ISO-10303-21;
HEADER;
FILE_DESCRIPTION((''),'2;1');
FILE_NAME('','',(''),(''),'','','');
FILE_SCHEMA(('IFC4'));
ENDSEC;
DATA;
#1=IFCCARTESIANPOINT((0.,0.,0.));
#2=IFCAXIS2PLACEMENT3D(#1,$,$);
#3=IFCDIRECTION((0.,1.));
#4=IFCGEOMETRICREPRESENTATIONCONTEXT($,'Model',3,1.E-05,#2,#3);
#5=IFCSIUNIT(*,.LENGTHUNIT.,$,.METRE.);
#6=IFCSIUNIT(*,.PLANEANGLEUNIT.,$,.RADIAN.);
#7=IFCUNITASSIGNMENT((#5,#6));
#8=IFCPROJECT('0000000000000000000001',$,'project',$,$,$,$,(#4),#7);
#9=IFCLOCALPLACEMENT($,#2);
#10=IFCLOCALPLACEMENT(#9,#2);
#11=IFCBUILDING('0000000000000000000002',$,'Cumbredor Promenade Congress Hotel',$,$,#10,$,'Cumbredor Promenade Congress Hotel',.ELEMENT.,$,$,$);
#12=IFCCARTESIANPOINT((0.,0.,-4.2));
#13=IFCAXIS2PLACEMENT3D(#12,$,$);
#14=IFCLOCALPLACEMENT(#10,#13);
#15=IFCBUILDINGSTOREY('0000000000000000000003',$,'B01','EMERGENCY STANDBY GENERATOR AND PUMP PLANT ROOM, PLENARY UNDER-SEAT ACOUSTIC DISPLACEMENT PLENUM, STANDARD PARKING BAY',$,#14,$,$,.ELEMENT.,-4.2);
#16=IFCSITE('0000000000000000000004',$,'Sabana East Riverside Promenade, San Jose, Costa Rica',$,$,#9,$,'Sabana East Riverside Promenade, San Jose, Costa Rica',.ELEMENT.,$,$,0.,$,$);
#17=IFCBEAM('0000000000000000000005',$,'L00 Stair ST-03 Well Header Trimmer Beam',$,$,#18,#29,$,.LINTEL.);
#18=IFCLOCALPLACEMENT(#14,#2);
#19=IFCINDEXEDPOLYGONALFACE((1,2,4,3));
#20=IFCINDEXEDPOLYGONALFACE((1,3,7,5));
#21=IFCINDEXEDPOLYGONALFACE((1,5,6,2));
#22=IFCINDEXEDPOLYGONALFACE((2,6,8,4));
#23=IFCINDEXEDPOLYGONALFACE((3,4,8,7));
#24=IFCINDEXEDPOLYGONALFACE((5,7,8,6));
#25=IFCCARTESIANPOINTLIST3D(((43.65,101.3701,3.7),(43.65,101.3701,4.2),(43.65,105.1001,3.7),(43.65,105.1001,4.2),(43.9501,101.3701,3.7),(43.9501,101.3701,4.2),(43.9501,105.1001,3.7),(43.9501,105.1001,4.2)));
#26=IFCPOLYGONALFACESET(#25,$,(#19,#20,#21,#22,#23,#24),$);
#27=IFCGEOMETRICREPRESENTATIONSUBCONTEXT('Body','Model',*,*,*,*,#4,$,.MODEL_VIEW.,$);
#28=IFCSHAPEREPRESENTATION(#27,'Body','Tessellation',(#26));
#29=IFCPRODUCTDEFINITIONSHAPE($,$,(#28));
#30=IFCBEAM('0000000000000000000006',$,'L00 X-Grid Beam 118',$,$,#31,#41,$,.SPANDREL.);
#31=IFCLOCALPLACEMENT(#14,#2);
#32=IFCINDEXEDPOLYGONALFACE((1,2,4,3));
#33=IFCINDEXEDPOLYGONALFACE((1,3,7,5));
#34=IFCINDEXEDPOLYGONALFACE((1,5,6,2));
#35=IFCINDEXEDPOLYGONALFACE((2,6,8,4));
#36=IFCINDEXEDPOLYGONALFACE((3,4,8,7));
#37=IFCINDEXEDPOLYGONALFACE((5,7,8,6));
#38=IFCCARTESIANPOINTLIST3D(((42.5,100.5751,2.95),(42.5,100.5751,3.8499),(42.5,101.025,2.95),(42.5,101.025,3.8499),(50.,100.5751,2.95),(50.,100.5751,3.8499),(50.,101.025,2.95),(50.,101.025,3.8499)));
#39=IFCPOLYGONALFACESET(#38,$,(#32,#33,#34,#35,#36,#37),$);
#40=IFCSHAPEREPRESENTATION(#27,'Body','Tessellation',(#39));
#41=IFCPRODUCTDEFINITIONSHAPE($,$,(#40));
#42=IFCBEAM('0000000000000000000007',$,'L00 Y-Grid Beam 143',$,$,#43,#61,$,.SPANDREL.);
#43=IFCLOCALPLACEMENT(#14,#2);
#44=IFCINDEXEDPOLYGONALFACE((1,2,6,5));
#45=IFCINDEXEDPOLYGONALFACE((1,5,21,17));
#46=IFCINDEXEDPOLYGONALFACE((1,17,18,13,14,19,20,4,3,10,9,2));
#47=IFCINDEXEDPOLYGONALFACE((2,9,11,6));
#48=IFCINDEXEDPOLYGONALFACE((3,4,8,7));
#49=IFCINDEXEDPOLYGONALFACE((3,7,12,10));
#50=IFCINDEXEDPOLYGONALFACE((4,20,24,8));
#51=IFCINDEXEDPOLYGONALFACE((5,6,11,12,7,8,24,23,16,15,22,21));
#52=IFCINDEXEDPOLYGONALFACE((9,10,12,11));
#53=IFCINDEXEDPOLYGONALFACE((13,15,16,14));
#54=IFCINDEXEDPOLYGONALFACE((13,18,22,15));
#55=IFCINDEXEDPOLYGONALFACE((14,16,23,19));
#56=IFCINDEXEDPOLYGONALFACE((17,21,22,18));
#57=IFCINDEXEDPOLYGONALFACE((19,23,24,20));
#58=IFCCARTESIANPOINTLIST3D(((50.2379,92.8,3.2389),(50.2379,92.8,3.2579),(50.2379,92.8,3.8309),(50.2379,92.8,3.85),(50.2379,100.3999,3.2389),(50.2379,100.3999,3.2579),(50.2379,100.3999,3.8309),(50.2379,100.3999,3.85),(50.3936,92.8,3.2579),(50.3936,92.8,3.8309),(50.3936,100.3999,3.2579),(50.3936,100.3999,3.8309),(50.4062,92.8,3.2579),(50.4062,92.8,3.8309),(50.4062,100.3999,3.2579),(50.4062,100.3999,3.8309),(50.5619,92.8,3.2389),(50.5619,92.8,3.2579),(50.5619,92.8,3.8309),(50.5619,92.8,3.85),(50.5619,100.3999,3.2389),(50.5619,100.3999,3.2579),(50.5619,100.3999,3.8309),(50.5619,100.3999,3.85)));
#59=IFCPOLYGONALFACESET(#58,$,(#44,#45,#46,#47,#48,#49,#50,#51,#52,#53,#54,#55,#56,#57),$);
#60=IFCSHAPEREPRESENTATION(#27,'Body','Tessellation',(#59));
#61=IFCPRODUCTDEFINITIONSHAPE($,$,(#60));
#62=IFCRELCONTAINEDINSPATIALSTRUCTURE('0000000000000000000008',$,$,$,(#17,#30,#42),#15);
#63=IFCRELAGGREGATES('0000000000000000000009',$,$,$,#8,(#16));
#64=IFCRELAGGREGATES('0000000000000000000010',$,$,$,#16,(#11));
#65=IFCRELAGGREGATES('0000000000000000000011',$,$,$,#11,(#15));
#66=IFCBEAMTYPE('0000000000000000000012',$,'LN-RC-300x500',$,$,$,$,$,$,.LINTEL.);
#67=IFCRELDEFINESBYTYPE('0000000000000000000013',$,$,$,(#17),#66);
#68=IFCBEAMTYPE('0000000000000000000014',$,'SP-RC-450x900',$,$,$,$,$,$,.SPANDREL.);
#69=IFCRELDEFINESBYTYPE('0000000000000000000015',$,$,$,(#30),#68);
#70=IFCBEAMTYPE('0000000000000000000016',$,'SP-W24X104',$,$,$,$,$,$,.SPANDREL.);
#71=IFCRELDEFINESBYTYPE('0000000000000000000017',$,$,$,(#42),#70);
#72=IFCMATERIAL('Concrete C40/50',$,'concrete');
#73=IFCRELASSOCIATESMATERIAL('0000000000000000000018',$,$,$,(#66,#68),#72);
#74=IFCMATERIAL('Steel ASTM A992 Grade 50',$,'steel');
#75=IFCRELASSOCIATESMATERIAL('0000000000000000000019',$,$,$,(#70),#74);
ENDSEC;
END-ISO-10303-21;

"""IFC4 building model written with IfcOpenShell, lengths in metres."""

from ifc_helpers import new_model, si_unit, direction, frame, origin, origin_2d, place, context, subcontext, project, spatial, rectangle, i_section, extrude, material, material_profile, profile_set, type_object, element, save


model = new_model("IFC4")

# Units and contexts
model_context = context("Model", 3, precision=1e-05, world=origin(), true_north=direction((0.0, 1.0)))
body_context = subcontext(model_context, "Body", "Model", "MODEL_VIEW")
ifc_project = project(units=[si_unit("LENGTHUNIT", "METRE"), si_unit("PLANEANGLEUNIT", "RADIAN")], contexts=[model_context])

# Site, building, storey
site_placement = place(None, origin())
site = spatial("IfcSite", under=ifc_project, at=site_placement, Name="Sabana East Riverside Promenade, San Jose, Costa Rica", LongName="Sabana East Riverside Promenade, San Jose, Costa Rica", CompositionType="ELEMENT", RefElevation=0.0)
building_placement = place(site_placement, origin())
building = spatial("IfcBuilding", under=site, at=building_placement, Name="Cumbredor Promenade Congress Hotel", LongName="Cumbredor Promenade Congress Hotel", CompositionType="ELEMENT")
storey_placement = place(building_placement, frame((0.0, 0.0, -4.2)))
storey = spatial("IfcBuildingStorey", under=building, at=storey_placement, Name="B01", Description="EMERGENCY STANDBY GENERATOR AND PUMP PLANT ROOM, PLENARY UNDER-SEAT ACOUSTIC DISPLACEMENT PLENUM, STANDARD PARKING BAY", CompositionType="ELEMENT", Elevation=-4.2)

# Beams
ifc_material_1 = material(Name="Concrete C40/50", Category="concrete")
ifc_material_2 = material(Name="Steel ASTM A992 Grade 50", Category="steel")
ifc_material_profile_1 = material_profile(ifc_material_1, rectangle(XDim=0.3, YDim=0.5, at=origin_2d()), Name="RC LINTEL 300x500")
ifc_profile_set_1 = profile_set([ifc_material_profile_1], Name="Concrete C40/50")
beam_type_1 = type_object("IfcBeamType", Name="LN-RC-300x500", PredefinedType="LINTEL", material=ifc_profile_set_1)
for number, where, z_axis, x_axis, name in (
    (1, (43.8, 101.3701, 3.95), (0.0, 1.0, 0.0), (-1.0, 0.0, 0.0), "L00 Stair ST-03 Well Header Trimmer Beam"),
):
    element("IfcBeam", number, at=place(storey_placement, frame(where, z_axis=z_axis, x_axis=x_axis)), inside=storey, type_object=beam_type_1, Name=name, PredefinedType="LINTEL", context=body_context, shape_type="SweptSolid", body=[
        extrude(rectangle(XDim=0.3, YDim=0.5, at=origin_2d()), origin(), (0.0, 0.0, 1.0), 3.73),
    ])
ifc_material_profile_2 = material_profile(ifc_material_1, rectangle(XDim=0.45, YDim=0.8999, at=origin_2d()), Name="RC SPANDREL 450x900")
ifc_profile_set_2 = profile_set([ifc_material_profile_2], Name="Concrete C40/50")
beam_type_2 = type_object("IfcBeamType", Name="SP-RC-450x900", PredefinedType="SPANDREL", material=ifc_profile_set_2)
beam_1_placement = place(storey_placement, frame((42.5, 100.8, 3.3999), z_axis=(1.0, 0.0, 0.0), x_axis=(0.0, 1.0, 0.0)))
element("IfcBeam", 2, at=beam_1_placement, inside=storey, type_object=beam_type_2, Name="L00 X-Grid Beam 118", PredefinedType="SPANDREL", context=body_context, shape_type="SweptSolid", body=[
    extrude(rectangle(XDim=0.45, YDim=0.8999, at=origin_2d()), origin(), (0.0, 0.0, 1.0), 7.5),
])
ifc_material_profile_3 = material_profile(ifc_material_2, i_section(OverallWidth=0.324, OverallDepth=0.6111, WebThickness=0.0127, FlangeThickness=0.019, at=origin_2d()), Name="W24X104")
ifc_profile_set_3 = profile_set([ifc_material_profile_3], Name="Steel ASTM A992 Grade 50")
beam_type_3 = type_object("IfcBeamType", Name="SP-W24X104", PredefinedType="SPANDREL", material=ifc_profile_set_3)
beam_2_placement = place(storey_placement, frame((50.3999, 92.8, 3.5444), z_axis=(0.0, 1.0, 0.0), x_axis=(-1.0, 0.0, 0.0)))
element("IfcBeam", 3, at=beam_2_placement, inside=storey, type_object=beam_type_3, Name="L00 Y-Grid Beam 143", PredefinedType="SPANDREL", context=body_context, shape_type="SweptSolid", body=[
    extrude(i_section(OverallWidth=0.324, OverallDepth=0.6111, WebThickness=0.0127, FlangeThickness=0.019, at=origin_2d()), origin(), (0.0, 0.0, 1.0), 7.5999),
])

save(model, "model.ifc")
